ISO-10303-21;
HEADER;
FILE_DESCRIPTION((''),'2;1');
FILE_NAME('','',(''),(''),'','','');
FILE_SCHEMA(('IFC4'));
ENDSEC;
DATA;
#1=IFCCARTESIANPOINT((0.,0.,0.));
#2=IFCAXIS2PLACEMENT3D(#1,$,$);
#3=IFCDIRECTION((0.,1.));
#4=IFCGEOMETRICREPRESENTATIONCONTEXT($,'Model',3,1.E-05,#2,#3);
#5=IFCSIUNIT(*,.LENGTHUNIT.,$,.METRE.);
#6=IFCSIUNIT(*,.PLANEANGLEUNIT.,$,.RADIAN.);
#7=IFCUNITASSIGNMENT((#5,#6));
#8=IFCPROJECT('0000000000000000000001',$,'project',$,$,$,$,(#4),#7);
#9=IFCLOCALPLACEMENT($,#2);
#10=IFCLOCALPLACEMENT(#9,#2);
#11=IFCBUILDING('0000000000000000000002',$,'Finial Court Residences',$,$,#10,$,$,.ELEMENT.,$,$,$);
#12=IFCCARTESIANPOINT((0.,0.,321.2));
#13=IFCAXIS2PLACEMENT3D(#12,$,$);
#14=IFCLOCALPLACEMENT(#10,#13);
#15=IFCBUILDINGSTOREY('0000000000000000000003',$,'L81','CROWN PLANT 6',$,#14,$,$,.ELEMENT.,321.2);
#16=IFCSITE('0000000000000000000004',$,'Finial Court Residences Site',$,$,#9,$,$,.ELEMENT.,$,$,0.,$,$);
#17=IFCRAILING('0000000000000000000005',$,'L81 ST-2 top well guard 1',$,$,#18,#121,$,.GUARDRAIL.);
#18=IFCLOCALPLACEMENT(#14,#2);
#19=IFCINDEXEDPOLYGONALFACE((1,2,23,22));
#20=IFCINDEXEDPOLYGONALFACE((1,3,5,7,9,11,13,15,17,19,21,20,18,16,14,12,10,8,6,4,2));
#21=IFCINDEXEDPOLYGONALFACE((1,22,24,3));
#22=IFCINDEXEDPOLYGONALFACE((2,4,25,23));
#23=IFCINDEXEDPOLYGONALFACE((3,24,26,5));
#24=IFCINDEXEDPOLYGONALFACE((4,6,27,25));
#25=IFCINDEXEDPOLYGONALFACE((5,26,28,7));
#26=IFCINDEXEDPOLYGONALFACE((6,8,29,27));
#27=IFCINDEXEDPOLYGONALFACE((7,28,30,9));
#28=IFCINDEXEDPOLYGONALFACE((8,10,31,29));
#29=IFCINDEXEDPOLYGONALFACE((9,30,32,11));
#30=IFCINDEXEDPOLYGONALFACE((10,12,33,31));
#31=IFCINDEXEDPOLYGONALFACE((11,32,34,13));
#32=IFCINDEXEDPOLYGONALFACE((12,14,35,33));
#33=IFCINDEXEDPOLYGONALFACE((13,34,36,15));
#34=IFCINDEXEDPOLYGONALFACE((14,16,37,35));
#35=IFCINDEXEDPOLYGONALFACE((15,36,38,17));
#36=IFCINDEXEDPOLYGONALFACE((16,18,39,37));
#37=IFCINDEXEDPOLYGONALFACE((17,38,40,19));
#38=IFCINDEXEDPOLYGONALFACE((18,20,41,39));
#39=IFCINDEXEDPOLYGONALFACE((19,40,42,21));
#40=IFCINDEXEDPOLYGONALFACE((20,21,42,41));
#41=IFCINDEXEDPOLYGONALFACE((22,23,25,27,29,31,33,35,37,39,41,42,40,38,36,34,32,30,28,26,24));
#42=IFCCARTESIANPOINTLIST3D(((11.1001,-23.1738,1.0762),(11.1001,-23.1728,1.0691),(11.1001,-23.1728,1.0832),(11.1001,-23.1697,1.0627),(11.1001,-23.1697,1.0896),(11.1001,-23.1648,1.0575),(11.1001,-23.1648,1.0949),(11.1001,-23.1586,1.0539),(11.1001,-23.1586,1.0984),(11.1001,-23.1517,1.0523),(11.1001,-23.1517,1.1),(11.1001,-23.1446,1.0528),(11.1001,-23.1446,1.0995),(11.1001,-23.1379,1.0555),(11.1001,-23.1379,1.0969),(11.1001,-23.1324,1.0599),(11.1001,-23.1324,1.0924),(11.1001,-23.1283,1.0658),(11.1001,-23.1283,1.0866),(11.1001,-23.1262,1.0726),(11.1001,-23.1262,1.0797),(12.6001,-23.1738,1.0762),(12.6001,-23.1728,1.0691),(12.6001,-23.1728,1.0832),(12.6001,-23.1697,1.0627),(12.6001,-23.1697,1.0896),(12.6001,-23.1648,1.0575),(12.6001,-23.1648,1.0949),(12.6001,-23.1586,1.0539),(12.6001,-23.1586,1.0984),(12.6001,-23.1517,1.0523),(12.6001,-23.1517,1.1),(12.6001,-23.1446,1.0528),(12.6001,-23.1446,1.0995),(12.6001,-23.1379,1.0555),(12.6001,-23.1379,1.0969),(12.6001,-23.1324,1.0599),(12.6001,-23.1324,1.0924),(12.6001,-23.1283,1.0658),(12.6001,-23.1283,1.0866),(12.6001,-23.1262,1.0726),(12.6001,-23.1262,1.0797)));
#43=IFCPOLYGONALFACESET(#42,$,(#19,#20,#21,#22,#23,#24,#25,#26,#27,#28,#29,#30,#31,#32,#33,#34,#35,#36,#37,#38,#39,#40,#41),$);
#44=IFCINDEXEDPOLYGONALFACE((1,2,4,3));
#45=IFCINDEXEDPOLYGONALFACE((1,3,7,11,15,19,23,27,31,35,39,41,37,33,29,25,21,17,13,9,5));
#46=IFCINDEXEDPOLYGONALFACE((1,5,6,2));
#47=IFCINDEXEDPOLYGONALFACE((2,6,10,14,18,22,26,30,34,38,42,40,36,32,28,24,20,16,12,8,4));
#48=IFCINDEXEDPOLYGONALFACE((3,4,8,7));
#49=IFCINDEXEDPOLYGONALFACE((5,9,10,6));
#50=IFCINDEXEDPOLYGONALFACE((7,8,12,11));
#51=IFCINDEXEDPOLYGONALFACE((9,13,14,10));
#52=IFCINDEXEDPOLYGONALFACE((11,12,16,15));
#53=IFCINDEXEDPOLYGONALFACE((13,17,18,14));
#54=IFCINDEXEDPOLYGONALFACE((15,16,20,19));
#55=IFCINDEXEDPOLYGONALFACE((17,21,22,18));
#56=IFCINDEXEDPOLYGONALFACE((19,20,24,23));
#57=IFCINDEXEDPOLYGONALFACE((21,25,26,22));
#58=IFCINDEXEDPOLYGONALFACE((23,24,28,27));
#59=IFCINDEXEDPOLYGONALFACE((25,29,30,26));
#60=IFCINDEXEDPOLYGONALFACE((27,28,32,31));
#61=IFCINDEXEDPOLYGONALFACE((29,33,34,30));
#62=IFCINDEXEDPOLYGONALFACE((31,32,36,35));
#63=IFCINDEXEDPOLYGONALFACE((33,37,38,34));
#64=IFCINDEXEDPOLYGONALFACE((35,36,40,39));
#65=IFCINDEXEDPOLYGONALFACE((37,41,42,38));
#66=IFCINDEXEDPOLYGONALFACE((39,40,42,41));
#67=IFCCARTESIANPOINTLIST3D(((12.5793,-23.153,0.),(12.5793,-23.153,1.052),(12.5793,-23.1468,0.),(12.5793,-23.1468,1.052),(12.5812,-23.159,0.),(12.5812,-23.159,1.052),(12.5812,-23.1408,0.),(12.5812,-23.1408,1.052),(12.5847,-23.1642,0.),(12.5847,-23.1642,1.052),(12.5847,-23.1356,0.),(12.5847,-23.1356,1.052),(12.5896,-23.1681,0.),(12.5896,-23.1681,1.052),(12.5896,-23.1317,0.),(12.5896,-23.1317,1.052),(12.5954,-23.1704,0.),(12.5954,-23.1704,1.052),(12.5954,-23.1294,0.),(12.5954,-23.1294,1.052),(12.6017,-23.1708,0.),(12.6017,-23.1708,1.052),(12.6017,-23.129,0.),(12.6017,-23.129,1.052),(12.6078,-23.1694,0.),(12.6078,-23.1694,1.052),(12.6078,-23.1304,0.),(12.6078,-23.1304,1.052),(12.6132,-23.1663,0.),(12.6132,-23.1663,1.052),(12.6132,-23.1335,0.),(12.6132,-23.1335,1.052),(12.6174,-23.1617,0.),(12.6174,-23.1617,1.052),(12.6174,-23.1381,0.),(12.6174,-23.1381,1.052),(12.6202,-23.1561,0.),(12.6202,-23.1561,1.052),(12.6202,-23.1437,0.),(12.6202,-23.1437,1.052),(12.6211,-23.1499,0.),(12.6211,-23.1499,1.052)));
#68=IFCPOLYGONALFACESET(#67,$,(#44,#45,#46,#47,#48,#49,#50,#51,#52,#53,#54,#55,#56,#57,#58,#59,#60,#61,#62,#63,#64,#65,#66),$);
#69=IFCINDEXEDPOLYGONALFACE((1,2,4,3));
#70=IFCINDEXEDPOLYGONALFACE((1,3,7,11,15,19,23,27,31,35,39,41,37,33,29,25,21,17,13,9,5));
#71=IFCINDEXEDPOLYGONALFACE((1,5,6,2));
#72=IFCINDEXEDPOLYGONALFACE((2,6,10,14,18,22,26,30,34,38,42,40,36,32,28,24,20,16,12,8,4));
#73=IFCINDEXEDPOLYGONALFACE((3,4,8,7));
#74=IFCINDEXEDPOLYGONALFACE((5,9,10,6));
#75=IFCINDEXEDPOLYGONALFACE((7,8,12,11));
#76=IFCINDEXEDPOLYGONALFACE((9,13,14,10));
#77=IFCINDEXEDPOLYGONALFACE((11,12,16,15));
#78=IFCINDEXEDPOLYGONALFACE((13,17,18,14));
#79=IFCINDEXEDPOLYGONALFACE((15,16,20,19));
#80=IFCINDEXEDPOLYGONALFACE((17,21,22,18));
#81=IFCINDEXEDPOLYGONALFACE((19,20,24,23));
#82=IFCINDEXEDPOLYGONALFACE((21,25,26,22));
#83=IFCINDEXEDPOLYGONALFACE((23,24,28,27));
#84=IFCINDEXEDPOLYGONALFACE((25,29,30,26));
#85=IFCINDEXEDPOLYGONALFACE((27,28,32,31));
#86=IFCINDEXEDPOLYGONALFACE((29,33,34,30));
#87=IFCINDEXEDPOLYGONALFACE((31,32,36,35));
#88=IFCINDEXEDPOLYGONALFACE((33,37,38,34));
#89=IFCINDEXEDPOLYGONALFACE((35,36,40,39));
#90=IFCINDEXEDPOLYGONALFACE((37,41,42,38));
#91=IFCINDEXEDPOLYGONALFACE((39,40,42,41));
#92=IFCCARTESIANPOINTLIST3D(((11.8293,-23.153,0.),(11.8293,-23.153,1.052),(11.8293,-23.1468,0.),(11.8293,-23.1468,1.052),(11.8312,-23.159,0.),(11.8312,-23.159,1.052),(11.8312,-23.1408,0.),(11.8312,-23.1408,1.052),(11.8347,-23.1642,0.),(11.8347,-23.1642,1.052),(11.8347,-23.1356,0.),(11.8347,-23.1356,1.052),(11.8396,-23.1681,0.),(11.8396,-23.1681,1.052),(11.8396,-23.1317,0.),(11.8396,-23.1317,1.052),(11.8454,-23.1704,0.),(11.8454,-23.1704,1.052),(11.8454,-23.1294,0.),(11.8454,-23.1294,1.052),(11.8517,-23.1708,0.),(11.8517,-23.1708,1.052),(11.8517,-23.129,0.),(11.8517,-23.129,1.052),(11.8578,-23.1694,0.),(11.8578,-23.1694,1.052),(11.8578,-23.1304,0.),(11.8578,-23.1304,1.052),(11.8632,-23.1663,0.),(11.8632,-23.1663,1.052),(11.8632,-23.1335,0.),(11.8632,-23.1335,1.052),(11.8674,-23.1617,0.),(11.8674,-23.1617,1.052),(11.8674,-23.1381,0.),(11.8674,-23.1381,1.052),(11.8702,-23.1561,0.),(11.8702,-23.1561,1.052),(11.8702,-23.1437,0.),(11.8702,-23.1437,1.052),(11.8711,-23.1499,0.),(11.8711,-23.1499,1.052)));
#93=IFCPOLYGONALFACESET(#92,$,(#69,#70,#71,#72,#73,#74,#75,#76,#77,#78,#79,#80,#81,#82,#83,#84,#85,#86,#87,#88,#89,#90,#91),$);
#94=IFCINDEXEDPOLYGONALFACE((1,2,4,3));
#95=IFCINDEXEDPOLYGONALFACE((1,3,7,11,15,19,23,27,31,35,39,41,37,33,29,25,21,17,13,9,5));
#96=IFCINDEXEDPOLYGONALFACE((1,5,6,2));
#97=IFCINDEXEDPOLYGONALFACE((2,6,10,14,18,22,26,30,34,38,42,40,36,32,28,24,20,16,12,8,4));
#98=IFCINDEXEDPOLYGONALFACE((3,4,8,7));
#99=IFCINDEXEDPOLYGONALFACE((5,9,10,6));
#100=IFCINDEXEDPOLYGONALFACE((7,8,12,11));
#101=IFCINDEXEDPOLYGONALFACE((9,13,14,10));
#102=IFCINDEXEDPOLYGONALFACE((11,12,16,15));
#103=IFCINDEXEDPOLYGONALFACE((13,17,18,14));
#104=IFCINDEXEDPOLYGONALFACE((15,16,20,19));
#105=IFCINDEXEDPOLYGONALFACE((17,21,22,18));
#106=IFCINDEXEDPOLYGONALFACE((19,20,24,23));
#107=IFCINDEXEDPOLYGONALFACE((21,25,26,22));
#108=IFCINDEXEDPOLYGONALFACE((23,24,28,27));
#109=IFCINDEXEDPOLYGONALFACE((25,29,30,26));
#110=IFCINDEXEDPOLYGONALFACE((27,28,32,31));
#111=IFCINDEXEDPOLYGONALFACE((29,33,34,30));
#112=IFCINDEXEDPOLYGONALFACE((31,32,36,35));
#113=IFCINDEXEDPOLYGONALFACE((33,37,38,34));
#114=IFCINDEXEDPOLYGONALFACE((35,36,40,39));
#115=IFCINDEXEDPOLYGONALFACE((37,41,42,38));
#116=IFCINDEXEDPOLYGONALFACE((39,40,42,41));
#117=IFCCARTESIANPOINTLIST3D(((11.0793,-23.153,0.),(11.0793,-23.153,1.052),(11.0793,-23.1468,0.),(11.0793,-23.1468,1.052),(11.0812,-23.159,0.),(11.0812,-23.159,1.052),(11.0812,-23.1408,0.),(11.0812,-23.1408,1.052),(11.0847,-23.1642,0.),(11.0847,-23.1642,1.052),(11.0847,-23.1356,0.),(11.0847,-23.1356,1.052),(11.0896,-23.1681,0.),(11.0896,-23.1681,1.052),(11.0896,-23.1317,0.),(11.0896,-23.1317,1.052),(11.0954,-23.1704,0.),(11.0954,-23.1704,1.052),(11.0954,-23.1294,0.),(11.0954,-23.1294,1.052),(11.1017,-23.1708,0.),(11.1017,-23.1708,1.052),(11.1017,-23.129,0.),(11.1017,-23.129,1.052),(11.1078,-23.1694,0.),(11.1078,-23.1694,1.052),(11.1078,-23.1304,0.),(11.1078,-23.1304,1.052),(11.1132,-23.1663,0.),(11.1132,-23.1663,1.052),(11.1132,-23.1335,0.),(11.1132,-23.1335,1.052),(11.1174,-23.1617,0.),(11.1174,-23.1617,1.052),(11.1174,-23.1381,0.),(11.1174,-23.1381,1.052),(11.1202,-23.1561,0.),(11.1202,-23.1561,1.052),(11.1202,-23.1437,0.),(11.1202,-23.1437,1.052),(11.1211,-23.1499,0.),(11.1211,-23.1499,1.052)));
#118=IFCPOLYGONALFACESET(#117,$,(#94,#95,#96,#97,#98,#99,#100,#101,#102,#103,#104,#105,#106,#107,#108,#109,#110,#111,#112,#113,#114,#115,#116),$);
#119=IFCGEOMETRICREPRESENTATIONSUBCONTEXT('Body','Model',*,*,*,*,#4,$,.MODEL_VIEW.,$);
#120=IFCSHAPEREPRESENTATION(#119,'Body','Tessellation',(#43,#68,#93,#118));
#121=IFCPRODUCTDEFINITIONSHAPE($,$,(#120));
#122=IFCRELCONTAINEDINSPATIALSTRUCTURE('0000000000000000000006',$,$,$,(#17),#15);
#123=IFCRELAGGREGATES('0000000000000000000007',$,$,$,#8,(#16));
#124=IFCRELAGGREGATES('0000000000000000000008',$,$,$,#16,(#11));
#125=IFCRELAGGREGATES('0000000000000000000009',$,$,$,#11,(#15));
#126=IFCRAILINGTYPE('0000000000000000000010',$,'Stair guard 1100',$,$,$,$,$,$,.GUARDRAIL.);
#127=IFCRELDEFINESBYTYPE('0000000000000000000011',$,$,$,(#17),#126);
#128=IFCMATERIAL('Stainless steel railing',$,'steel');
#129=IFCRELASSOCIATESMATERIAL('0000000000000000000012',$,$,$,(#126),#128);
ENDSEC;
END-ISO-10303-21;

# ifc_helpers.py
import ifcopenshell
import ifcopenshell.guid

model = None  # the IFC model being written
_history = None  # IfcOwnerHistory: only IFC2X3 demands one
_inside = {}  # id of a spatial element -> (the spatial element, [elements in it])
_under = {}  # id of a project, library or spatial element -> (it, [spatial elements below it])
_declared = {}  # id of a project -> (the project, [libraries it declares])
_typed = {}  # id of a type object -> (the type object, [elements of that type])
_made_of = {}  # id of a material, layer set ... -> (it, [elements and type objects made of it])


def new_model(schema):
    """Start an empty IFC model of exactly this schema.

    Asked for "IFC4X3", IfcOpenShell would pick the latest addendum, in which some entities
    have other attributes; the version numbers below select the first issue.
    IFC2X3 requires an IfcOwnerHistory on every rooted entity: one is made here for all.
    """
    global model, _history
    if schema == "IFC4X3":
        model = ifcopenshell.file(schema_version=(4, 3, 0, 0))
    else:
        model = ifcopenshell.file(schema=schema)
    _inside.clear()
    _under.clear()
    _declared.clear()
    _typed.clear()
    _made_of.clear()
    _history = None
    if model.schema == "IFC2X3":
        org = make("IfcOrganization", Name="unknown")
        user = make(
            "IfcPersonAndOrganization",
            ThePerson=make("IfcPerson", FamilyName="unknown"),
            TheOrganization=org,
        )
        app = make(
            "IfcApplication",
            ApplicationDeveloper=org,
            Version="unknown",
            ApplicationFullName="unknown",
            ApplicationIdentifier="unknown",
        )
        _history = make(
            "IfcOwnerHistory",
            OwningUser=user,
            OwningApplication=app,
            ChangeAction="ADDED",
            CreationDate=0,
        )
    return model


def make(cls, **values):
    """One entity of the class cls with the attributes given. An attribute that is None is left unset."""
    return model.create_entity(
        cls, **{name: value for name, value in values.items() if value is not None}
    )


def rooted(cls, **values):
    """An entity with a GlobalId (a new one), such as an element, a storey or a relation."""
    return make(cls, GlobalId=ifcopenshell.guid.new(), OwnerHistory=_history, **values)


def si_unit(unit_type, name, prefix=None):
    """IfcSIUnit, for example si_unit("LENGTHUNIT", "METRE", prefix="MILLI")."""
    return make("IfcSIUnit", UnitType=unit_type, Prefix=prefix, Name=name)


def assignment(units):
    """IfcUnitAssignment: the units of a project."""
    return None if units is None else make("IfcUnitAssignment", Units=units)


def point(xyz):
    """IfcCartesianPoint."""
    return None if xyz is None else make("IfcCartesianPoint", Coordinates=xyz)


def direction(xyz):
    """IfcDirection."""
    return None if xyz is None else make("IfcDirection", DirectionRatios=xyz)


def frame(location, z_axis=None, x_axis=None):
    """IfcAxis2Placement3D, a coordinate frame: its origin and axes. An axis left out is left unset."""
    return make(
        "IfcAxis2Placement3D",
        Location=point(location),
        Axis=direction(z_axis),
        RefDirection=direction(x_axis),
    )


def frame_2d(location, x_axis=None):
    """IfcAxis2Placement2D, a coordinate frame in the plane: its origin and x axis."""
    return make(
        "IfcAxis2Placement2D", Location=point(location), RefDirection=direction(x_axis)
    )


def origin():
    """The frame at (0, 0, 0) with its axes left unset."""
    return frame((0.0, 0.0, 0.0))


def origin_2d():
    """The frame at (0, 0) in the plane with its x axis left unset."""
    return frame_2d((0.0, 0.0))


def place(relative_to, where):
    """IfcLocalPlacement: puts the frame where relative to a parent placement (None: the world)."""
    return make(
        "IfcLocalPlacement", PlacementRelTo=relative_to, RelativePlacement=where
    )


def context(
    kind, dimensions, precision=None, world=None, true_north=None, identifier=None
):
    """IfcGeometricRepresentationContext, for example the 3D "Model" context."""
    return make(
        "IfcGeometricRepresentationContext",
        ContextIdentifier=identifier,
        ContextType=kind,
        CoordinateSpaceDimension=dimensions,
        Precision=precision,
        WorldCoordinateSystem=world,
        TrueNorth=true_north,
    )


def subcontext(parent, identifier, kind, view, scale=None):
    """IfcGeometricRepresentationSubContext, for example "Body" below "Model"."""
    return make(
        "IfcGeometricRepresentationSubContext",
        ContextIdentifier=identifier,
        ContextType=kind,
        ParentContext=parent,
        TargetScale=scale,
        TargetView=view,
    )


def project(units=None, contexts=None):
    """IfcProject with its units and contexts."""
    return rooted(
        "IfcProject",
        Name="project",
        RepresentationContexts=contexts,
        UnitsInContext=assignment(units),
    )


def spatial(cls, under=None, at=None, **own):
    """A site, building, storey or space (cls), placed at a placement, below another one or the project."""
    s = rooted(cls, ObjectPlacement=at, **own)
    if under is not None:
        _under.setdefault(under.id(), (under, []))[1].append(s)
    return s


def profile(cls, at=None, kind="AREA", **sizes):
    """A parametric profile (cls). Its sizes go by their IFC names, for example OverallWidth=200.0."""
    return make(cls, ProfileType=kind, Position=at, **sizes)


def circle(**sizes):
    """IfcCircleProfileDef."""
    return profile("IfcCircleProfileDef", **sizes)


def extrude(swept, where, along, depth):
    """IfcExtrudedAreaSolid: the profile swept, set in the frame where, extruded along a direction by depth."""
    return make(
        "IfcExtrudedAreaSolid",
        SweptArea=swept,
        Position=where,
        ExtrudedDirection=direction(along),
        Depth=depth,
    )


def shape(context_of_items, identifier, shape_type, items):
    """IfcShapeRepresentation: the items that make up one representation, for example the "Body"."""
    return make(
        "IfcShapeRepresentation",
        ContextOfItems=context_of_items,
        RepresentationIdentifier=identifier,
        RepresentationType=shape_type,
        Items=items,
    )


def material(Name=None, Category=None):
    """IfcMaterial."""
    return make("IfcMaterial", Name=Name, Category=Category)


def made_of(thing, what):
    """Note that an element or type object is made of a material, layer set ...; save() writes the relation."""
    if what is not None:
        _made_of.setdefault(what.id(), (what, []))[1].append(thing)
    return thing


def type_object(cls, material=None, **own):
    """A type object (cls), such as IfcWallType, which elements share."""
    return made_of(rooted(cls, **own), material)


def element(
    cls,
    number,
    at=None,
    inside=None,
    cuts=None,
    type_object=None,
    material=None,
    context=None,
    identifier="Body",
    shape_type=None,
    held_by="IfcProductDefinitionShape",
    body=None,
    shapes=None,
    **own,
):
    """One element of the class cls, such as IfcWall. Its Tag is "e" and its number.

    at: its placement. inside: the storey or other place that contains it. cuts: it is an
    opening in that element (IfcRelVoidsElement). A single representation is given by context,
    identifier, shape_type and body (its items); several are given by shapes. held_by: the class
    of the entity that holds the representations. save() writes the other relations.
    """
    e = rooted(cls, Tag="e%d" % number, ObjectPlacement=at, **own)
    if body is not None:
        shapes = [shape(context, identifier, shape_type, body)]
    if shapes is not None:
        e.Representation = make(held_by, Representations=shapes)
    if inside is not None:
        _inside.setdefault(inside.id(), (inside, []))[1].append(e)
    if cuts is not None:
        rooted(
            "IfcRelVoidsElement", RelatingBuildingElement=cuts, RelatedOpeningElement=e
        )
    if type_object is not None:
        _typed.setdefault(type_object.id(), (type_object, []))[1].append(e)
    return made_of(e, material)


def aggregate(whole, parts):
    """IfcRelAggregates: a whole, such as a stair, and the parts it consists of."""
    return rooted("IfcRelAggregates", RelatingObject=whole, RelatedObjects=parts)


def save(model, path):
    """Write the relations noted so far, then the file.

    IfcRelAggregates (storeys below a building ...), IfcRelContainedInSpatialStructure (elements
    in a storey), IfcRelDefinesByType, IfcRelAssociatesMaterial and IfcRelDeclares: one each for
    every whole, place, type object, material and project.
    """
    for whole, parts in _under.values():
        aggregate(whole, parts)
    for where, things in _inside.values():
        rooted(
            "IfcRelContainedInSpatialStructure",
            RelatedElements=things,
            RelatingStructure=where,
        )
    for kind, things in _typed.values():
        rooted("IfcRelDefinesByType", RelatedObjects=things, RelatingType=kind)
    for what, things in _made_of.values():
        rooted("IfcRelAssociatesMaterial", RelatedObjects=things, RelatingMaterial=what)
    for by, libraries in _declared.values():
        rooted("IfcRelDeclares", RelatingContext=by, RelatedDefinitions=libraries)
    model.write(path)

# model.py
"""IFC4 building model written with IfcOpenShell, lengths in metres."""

from ifc_helpers import new_model, si_unit, direction, frame, origin, origin_2d, place, context, subcontext, project, spatial, circle, extrude, material, type_object, element, save


model = new_model("IFC4")

# Units and contexts
model_context = context("Model", 3, precision=1e-05, world=origin(), true_north=direction((0.0, 1.0)))
body_context = subcontext(model_context, "Body", "Model", "MODEL_VIEW")
ifc_project = project(units=[si_unit("LENGTHUNIT", "METRE"), si_unit("PLANEANGLEUNIT", "RADIAN")], contexts=[model_context])

# Site, building, storey
site_placement = place(None, origin())
site = spatial("IfcSite", under=ifc_project, at=site_placement, Name="Finial Court Residences Site", CompositionType="ELEMENT", RefElevation=0.0)
building_placement = place(site_placement, origin())
building = spatial("IfcBuilding", under=site, at=building_placement, Name="Finial Court Residences", CompositionType="ELEMENT")
storey_placement = place(building_placement, frame((0.0, 0.0, 321.2)))
storey = spatial("IfcBuildingStorey", under=building, at=storey_placement, Name="L81", Description="CROWN PLANT 6", CompositionType="ELEMENT", Elevation=321.2)

# Railing
ifc_material_1 = material(Name="Stainless steel railing", Category="steel")
railing_type = type_object("IfcRailingType", Name="Stair guard 1100", PredefinedType="GUARDRAIL", material=ifc_material_1)
railing_placement = place(storey_placement, frame((12.6001, -23.1499, 0.0)))
element("IfcRailing", 1, at=railing_placement, inside=storey, type_object=railing_type, Name="L81 ST-2 top well guard 1", PredefinedType="GUARDRAIL", context=body_context, shape_type="SweptSolid", body=[
    extrude(circle(Radius=0.0239, at=origin_2d()), frame((0.0, 0.0, 1.0762), z_axis=(-1.0, 0.0, 0.0), x_axis=(0.0, -1.0, 0.0)), (0.0, 0.0, 1.0), 1.5),
    extrude(circle(Radius=0.021, at=origin_2d()), origin(), (0.0, 0.0, 1.0), 1.052),
    extrude(circle(Radius=0.021, at=origin_2d()), frame((-0.75, 0.0, 0.0)), (0.0, 0.0, 1.0), 1.052),
    extrude(circle(Radius=0.021, at=origin_2d()), frame((-1.5, 0.0, 0.0)), (0.0, 0.0, 1.0), 1.052),
])

save(model, "model.ifc")
